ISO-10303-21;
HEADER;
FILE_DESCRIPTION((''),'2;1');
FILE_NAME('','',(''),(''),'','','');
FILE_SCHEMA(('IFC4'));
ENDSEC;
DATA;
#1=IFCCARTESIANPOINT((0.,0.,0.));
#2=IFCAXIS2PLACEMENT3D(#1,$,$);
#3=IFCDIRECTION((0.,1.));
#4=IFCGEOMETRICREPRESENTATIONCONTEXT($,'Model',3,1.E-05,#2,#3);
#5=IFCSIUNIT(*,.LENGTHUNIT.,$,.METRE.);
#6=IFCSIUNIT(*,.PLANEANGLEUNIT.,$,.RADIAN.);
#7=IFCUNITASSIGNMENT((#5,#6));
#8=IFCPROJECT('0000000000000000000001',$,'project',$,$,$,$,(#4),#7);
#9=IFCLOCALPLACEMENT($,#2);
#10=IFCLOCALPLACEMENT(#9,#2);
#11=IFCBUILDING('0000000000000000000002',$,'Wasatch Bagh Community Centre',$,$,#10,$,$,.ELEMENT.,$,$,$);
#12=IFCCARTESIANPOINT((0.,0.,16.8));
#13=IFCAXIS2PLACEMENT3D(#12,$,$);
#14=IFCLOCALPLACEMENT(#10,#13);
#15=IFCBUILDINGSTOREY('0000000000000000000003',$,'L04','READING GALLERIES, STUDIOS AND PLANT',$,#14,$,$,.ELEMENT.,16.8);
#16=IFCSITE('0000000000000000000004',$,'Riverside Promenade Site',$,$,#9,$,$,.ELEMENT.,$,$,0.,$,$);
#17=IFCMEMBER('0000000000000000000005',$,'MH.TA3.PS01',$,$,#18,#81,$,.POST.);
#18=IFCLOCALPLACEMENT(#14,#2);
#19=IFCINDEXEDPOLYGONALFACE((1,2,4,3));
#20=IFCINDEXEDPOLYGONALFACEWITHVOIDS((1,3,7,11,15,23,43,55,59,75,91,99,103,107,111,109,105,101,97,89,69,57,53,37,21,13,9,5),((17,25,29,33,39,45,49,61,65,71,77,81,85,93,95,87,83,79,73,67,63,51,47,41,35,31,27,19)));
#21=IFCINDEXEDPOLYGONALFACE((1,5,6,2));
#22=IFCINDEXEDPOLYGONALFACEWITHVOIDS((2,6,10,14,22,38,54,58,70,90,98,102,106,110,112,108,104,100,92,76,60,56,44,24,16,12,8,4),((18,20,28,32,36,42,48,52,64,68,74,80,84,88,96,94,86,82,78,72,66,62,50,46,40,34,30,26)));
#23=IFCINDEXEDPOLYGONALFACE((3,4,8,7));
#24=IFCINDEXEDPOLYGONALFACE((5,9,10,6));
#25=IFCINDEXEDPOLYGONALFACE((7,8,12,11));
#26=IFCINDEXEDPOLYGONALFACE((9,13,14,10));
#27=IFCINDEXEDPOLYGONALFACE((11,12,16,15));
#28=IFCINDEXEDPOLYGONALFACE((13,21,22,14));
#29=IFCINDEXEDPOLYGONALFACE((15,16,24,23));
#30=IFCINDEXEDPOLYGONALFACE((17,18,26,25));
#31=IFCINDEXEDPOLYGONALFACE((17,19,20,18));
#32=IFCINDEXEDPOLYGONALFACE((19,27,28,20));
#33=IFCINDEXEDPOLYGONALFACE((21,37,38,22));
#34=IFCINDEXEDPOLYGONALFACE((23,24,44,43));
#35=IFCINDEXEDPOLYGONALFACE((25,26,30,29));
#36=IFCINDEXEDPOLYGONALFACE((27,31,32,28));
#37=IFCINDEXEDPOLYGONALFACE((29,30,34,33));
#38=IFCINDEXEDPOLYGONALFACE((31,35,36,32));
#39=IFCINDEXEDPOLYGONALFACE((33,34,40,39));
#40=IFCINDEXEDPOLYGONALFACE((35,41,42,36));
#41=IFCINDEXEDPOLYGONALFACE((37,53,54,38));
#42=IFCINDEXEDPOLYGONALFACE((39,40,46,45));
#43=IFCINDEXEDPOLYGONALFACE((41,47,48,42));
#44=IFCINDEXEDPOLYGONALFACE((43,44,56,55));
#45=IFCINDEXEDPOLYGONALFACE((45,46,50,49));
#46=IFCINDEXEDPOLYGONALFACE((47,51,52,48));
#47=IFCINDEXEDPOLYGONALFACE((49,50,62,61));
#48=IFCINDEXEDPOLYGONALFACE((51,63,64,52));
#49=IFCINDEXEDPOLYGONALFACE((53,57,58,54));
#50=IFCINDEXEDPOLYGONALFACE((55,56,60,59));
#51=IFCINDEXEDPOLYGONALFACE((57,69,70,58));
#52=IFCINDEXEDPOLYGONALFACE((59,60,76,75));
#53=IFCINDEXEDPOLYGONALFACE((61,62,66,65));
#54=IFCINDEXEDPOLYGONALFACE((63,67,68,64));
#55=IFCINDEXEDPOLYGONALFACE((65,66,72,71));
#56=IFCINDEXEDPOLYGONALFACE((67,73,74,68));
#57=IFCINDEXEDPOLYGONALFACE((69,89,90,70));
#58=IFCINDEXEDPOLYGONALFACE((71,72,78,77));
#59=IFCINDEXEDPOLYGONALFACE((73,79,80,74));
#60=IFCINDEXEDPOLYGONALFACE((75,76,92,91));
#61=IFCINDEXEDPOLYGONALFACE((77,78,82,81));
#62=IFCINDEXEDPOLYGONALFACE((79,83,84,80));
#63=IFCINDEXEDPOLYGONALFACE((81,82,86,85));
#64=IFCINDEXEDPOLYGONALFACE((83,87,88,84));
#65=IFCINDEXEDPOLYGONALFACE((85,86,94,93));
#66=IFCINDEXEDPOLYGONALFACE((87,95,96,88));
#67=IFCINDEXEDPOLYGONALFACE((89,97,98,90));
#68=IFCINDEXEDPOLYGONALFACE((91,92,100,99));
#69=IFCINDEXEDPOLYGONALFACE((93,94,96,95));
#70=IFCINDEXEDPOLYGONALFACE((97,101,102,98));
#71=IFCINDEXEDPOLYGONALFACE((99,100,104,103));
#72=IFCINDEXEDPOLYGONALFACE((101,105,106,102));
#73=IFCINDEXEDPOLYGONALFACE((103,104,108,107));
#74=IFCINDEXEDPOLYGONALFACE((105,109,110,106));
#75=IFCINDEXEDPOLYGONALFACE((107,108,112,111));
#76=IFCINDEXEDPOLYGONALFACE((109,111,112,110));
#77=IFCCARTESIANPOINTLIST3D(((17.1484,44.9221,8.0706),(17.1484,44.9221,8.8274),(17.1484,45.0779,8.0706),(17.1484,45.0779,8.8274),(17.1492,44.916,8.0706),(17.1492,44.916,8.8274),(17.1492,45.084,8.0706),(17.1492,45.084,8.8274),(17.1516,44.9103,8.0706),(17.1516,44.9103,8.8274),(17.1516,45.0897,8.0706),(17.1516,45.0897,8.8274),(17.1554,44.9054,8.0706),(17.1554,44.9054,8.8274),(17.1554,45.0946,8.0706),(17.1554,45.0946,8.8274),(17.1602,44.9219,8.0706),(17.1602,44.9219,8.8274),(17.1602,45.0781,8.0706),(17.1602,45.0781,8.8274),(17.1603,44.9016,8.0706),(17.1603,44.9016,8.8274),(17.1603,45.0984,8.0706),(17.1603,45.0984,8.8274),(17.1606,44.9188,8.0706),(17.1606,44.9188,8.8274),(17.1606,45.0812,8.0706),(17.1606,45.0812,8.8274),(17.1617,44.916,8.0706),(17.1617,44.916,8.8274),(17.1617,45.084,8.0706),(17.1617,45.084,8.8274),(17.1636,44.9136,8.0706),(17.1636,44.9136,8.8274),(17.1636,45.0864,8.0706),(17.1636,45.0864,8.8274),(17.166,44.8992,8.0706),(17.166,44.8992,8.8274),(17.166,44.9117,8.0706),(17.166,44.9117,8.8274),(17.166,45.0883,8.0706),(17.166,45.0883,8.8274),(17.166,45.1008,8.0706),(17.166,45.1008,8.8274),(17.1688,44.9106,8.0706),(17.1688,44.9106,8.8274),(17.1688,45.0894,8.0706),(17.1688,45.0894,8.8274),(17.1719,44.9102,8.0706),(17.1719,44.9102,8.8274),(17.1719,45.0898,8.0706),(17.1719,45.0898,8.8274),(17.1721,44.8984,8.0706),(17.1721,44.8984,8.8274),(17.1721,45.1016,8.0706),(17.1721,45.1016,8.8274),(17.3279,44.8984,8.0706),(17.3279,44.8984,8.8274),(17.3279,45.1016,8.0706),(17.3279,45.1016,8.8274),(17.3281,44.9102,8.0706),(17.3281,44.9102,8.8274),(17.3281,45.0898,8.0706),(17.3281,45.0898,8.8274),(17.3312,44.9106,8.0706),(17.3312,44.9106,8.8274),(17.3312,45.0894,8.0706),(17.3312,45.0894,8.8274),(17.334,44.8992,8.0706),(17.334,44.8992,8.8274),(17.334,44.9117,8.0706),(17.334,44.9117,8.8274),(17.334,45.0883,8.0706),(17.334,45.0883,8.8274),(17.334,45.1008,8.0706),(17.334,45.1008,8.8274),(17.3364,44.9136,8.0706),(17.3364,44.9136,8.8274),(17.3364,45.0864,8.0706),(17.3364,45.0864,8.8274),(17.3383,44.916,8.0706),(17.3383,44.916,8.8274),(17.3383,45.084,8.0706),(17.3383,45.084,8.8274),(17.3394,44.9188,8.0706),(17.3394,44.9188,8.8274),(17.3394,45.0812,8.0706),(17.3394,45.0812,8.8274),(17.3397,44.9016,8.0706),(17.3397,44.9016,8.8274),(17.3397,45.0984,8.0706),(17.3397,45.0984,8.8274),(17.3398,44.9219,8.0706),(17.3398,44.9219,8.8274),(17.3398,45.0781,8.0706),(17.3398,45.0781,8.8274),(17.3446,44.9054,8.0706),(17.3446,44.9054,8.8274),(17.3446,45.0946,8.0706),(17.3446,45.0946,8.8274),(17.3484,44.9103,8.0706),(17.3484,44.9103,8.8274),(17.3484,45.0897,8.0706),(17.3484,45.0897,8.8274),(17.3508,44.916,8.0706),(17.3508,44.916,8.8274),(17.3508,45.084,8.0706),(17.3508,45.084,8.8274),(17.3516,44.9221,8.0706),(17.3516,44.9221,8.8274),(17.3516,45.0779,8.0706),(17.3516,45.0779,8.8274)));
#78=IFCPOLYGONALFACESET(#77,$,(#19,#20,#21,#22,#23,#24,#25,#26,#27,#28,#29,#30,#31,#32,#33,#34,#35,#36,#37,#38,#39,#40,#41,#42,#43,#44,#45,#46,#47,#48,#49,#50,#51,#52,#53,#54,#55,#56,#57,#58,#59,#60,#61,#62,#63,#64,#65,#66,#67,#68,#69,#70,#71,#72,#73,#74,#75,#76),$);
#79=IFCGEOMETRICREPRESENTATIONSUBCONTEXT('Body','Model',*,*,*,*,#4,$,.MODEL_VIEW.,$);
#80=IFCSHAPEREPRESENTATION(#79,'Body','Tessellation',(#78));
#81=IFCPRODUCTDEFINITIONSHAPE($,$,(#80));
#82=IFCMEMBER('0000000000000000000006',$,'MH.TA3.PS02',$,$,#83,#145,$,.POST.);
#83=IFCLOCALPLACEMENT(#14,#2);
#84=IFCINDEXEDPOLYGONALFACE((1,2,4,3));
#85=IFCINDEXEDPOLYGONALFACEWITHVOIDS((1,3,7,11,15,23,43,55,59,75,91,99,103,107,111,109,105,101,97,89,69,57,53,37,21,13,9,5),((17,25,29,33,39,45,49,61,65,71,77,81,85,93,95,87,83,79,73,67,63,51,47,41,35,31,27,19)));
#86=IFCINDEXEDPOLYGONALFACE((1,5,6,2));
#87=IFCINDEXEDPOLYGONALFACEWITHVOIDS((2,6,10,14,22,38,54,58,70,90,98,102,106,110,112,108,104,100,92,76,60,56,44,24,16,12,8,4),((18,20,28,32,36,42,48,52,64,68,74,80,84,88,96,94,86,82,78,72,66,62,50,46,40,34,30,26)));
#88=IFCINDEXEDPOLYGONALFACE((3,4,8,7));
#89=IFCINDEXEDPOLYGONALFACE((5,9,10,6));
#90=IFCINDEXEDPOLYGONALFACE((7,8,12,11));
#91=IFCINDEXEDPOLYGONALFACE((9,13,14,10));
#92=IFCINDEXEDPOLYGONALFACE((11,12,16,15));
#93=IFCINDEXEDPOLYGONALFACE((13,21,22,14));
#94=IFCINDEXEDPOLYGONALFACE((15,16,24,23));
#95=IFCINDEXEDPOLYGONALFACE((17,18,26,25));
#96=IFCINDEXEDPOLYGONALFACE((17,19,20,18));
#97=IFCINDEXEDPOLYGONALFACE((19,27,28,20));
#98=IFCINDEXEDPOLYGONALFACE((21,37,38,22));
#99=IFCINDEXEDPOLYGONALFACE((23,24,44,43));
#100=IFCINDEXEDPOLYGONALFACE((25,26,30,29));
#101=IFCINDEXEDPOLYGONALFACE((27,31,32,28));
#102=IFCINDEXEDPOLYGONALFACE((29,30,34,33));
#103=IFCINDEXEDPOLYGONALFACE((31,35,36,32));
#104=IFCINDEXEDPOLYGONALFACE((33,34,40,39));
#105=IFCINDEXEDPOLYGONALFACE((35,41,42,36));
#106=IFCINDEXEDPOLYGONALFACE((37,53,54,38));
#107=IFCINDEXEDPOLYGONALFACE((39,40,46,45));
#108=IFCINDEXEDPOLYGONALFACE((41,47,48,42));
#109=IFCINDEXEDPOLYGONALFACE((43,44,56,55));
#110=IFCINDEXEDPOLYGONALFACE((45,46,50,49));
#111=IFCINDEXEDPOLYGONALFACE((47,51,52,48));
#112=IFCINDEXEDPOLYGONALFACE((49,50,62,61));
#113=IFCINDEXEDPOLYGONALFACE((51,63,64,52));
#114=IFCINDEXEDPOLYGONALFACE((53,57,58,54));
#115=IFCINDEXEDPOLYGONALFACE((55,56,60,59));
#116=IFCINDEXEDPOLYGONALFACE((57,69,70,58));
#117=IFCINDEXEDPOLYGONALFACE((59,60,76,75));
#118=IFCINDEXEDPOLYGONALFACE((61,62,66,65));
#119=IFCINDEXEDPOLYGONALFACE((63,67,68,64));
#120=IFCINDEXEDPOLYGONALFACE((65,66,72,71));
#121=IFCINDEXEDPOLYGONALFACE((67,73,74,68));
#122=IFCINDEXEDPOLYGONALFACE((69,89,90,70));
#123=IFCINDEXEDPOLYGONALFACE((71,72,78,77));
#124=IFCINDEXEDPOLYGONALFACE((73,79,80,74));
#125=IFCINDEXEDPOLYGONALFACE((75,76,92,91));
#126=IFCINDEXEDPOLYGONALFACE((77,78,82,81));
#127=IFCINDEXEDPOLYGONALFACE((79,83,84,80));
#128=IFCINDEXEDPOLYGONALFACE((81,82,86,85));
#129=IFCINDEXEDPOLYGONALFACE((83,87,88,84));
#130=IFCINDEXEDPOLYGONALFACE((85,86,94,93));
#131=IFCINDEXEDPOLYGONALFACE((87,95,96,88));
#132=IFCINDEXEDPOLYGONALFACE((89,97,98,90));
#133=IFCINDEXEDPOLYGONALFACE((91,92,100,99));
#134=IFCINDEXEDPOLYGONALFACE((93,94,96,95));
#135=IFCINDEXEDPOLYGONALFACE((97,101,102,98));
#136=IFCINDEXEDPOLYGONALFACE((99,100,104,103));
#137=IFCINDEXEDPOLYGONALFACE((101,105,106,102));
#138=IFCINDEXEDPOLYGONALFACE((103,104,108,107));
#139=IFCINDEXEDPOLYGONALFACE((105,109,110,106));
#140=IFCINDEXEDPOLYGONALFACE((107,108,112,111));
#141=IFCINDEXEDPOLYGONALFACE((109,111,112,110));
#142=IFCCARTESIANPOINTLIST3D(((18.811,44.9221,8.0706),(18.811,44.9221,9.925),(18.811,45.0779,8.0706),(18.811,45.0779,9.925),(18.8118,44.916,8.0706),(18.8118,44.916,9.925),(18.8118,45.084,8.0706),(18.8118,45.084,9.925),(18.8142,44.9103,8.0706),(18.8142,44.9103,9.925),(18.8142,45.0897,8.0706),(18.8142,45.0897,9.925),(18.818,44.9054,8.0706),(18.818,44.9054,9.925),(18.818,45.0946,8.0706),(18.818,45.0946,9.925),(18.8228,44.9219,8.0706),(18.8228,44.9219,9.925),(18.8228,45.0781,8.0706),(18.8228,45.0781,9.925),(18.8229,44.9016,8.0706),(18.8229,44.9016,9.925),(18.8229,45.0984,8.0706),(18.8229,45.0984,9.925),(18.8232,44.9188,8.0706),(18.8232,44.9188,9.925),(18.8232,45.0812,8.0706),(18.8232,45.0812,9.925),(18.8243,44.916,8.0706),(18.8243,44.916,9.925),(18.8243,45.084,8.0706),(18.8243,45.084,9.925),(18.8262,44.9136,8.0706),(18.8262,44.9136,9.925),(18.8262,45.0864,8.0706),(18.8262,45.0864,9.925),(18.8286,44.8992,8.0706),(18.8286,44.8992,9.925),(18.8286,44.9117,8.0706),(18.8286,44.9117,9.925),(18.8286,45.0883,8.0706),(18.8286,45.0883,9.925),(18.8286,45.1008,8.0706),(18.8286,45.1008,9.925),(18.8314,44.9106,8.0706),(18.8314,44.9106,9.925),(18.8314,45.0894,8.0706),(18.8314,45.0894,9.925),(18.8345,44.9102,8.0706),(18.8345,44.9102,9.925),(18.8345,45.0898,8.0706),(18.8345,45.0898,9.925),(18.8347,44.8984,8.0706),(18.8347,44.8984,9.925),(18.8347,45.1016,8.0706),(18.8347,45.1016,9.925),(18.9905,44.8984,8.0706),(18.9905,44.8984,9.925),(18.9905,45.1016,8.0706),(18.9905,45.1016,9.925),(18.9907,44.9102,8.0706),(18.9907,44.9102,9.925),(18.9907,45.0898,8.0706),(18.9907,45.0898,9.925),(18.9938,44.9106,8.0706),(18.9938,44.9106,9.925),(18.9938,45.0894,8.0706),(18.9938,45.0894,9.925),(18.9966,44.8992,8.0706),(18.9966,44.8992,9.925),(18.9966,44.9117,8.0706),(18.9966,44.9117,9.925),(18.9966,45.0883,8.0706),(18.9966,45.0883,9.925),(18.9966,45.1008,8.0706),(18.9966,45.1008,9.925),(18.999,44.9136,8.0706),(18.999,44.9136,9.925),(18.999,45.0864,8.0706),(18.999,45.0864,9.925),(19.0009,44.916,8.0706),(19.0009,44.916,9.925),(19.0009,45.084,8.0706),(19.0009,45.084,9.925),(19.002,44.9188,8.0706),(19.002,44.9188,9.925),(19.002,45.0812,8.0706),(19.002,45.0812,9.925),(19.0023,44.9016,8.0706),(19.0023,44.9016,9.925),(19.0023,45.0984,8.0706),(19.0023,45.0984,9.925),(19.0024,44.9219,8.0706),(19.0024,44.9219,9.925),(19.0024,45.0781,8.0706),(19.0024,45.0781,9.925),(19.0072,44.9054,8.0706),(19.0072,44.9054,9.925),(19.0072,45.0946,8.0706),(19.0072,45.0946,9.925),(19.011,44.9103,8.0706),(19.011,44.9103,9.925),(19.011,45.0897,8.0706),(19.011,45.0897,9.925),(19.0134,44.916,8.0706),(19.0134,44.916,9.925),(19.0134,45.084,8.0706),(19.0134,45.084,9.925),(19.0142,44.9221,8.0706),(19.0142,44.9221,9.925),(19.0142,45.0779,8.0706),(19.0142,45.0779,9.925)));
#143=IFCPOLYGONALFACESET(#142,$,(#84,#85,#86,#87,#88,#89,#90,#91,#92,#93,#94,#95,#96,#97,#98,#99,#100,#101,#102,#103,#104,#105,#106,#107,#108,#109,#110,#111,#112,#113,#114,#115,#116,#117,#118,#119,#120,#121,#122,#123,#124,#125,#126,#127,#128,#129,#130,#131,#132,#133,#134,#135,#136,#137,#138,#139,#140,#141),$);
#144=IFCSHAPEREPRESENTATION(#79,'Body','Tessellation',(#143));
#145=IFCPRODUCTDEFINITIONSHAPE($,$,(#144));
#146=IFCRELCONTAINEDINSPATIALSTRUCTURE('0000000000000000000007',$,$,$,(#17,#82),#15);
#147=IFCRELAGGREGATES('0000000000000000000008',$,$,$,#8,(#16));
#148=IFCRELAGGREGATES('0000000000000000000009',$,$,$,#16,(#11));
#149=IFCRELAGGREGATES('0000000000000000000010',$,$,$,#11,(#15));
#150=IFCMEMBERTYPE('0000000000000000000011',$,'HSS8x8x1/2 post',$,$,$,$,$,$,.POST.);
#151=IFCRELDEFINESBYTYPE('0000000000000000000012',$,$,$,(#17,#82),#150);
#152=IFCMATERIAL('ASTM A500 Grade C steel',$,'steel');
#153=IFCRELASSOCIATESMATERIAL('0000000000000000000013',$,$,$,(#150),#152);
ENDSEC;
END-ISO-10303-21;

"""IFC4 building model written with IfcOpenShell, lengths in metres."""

from ifc_helpers import new_model, si_unit, direction, frame, origin, origin_2d, place, context, subcontext, project, spatial, hollow_rectangle, extrude, material, material_profile, profile_set, type_object, element, save


model = new_model("IFC4")

# Units and contexts
model_context = context("Model", 3, precision=1e-05, world=origin(), true_north=direction((0.0, 1.0)))
body_context = subcontext(model_context, "Body", "Model", "MODEL_VIEW")
ifc_project = project(units=[si_unit("LENGTHUNIT", "METRE"), si_unit("PLANEANGLEUNIT", "RADIAN")], contexts=[model_context])

# Site, building, storey
site_placement = place(None, origin())
site = spatial("IfcSite", under=ifc_project, at=site_placement, Name="Riverside Promenade Site", CompositionType="ELEMENT", RefElevation=0.0)
building_placement = place(site_placement, origin())
building = spatial("IfcBuilding", under=site, at=building_placement, Name="Wasatch Bagh Community Centre", CompositionType="ELEMENT")
storey_placement = place(building_placement, frame((0.0, 0.0, 16.8)))
storey = spatial("IfcBuildingStorey", under=building, at=storey_placement, Name="L04", Description="READING GALLERIES, STUDIOS AND PLANT", CompositionType="ELEMENT", Elevation=16.8)

# Members
ifc_material_1 = material(Name="ASTM A500 Grade C steel", Category="steel")
ifc_material_profile_1 = material_profile(ifc_material_1, hollow_rectangle(XDim=0.2031, YDim=0.2031, WallThickness=0.0117, InnerFilletRadius=0.0117, OuterFilletRadius=0.0237, at=origin_2d()), Name="HSS8x8x1/2")
ifc_profile_set_1 = profile_set([ifc_material_profile_1], Name="ASTM A500 Grade C steel")
member_type_1 = type_object("IfcMemberType", Name="HSS8x8x1/2 post", PredefinedType="POST", material=ifc_profile_set_1)
member_1_placement = place(storey_placement, frame((17.25, 45.0, 8.0706), z_axis=(0.0, 0.0, 1.0), x_axis=(1.0, 0.0, 0.0)))
element("IfcMember", 1, at=member_1_placement, inside=storey, type_object=member_type_1, Name="MH.TA3.PS01", PredefinedType="POST", context=body_context, shape_type="SweptSolid", body=[
    extrude(hollow_rectangle(XDim=0.2031, YDim=0.2031, WallThickness=0.0117, InnerFilletRadius=0.0117, OuterFilletRadius=0.0237, at=origin_2d()), origin(), (0.0, 0.0, 1.0), 0.7568),
])
member_2_placement = place(storey_placement, frame((18.9126, 45.0, 8.0706), z_axis=(0.0, 0.0, 1.0), x_axis=(1.0, 0.0, 0.0)))
element("IfcMember", 2, at=member_2_placement, inside=storey, type_object=member_type_1, Name="MH.TA3.PS02", PredefinedType="POST", context=body_context, shape_type="SweptSolid", body=[
    extrude(hollow_rectangle(XDim=0.2031, YDim=0.2031, WallThickness=0.0117, InnerFilletRadius=0.0117, OuterFilletRadius=0.0237, at=origin_2d()), origin(), (0.0, 0.0, 1.0), 1.8545),
])

save(model, "model.ifc")
